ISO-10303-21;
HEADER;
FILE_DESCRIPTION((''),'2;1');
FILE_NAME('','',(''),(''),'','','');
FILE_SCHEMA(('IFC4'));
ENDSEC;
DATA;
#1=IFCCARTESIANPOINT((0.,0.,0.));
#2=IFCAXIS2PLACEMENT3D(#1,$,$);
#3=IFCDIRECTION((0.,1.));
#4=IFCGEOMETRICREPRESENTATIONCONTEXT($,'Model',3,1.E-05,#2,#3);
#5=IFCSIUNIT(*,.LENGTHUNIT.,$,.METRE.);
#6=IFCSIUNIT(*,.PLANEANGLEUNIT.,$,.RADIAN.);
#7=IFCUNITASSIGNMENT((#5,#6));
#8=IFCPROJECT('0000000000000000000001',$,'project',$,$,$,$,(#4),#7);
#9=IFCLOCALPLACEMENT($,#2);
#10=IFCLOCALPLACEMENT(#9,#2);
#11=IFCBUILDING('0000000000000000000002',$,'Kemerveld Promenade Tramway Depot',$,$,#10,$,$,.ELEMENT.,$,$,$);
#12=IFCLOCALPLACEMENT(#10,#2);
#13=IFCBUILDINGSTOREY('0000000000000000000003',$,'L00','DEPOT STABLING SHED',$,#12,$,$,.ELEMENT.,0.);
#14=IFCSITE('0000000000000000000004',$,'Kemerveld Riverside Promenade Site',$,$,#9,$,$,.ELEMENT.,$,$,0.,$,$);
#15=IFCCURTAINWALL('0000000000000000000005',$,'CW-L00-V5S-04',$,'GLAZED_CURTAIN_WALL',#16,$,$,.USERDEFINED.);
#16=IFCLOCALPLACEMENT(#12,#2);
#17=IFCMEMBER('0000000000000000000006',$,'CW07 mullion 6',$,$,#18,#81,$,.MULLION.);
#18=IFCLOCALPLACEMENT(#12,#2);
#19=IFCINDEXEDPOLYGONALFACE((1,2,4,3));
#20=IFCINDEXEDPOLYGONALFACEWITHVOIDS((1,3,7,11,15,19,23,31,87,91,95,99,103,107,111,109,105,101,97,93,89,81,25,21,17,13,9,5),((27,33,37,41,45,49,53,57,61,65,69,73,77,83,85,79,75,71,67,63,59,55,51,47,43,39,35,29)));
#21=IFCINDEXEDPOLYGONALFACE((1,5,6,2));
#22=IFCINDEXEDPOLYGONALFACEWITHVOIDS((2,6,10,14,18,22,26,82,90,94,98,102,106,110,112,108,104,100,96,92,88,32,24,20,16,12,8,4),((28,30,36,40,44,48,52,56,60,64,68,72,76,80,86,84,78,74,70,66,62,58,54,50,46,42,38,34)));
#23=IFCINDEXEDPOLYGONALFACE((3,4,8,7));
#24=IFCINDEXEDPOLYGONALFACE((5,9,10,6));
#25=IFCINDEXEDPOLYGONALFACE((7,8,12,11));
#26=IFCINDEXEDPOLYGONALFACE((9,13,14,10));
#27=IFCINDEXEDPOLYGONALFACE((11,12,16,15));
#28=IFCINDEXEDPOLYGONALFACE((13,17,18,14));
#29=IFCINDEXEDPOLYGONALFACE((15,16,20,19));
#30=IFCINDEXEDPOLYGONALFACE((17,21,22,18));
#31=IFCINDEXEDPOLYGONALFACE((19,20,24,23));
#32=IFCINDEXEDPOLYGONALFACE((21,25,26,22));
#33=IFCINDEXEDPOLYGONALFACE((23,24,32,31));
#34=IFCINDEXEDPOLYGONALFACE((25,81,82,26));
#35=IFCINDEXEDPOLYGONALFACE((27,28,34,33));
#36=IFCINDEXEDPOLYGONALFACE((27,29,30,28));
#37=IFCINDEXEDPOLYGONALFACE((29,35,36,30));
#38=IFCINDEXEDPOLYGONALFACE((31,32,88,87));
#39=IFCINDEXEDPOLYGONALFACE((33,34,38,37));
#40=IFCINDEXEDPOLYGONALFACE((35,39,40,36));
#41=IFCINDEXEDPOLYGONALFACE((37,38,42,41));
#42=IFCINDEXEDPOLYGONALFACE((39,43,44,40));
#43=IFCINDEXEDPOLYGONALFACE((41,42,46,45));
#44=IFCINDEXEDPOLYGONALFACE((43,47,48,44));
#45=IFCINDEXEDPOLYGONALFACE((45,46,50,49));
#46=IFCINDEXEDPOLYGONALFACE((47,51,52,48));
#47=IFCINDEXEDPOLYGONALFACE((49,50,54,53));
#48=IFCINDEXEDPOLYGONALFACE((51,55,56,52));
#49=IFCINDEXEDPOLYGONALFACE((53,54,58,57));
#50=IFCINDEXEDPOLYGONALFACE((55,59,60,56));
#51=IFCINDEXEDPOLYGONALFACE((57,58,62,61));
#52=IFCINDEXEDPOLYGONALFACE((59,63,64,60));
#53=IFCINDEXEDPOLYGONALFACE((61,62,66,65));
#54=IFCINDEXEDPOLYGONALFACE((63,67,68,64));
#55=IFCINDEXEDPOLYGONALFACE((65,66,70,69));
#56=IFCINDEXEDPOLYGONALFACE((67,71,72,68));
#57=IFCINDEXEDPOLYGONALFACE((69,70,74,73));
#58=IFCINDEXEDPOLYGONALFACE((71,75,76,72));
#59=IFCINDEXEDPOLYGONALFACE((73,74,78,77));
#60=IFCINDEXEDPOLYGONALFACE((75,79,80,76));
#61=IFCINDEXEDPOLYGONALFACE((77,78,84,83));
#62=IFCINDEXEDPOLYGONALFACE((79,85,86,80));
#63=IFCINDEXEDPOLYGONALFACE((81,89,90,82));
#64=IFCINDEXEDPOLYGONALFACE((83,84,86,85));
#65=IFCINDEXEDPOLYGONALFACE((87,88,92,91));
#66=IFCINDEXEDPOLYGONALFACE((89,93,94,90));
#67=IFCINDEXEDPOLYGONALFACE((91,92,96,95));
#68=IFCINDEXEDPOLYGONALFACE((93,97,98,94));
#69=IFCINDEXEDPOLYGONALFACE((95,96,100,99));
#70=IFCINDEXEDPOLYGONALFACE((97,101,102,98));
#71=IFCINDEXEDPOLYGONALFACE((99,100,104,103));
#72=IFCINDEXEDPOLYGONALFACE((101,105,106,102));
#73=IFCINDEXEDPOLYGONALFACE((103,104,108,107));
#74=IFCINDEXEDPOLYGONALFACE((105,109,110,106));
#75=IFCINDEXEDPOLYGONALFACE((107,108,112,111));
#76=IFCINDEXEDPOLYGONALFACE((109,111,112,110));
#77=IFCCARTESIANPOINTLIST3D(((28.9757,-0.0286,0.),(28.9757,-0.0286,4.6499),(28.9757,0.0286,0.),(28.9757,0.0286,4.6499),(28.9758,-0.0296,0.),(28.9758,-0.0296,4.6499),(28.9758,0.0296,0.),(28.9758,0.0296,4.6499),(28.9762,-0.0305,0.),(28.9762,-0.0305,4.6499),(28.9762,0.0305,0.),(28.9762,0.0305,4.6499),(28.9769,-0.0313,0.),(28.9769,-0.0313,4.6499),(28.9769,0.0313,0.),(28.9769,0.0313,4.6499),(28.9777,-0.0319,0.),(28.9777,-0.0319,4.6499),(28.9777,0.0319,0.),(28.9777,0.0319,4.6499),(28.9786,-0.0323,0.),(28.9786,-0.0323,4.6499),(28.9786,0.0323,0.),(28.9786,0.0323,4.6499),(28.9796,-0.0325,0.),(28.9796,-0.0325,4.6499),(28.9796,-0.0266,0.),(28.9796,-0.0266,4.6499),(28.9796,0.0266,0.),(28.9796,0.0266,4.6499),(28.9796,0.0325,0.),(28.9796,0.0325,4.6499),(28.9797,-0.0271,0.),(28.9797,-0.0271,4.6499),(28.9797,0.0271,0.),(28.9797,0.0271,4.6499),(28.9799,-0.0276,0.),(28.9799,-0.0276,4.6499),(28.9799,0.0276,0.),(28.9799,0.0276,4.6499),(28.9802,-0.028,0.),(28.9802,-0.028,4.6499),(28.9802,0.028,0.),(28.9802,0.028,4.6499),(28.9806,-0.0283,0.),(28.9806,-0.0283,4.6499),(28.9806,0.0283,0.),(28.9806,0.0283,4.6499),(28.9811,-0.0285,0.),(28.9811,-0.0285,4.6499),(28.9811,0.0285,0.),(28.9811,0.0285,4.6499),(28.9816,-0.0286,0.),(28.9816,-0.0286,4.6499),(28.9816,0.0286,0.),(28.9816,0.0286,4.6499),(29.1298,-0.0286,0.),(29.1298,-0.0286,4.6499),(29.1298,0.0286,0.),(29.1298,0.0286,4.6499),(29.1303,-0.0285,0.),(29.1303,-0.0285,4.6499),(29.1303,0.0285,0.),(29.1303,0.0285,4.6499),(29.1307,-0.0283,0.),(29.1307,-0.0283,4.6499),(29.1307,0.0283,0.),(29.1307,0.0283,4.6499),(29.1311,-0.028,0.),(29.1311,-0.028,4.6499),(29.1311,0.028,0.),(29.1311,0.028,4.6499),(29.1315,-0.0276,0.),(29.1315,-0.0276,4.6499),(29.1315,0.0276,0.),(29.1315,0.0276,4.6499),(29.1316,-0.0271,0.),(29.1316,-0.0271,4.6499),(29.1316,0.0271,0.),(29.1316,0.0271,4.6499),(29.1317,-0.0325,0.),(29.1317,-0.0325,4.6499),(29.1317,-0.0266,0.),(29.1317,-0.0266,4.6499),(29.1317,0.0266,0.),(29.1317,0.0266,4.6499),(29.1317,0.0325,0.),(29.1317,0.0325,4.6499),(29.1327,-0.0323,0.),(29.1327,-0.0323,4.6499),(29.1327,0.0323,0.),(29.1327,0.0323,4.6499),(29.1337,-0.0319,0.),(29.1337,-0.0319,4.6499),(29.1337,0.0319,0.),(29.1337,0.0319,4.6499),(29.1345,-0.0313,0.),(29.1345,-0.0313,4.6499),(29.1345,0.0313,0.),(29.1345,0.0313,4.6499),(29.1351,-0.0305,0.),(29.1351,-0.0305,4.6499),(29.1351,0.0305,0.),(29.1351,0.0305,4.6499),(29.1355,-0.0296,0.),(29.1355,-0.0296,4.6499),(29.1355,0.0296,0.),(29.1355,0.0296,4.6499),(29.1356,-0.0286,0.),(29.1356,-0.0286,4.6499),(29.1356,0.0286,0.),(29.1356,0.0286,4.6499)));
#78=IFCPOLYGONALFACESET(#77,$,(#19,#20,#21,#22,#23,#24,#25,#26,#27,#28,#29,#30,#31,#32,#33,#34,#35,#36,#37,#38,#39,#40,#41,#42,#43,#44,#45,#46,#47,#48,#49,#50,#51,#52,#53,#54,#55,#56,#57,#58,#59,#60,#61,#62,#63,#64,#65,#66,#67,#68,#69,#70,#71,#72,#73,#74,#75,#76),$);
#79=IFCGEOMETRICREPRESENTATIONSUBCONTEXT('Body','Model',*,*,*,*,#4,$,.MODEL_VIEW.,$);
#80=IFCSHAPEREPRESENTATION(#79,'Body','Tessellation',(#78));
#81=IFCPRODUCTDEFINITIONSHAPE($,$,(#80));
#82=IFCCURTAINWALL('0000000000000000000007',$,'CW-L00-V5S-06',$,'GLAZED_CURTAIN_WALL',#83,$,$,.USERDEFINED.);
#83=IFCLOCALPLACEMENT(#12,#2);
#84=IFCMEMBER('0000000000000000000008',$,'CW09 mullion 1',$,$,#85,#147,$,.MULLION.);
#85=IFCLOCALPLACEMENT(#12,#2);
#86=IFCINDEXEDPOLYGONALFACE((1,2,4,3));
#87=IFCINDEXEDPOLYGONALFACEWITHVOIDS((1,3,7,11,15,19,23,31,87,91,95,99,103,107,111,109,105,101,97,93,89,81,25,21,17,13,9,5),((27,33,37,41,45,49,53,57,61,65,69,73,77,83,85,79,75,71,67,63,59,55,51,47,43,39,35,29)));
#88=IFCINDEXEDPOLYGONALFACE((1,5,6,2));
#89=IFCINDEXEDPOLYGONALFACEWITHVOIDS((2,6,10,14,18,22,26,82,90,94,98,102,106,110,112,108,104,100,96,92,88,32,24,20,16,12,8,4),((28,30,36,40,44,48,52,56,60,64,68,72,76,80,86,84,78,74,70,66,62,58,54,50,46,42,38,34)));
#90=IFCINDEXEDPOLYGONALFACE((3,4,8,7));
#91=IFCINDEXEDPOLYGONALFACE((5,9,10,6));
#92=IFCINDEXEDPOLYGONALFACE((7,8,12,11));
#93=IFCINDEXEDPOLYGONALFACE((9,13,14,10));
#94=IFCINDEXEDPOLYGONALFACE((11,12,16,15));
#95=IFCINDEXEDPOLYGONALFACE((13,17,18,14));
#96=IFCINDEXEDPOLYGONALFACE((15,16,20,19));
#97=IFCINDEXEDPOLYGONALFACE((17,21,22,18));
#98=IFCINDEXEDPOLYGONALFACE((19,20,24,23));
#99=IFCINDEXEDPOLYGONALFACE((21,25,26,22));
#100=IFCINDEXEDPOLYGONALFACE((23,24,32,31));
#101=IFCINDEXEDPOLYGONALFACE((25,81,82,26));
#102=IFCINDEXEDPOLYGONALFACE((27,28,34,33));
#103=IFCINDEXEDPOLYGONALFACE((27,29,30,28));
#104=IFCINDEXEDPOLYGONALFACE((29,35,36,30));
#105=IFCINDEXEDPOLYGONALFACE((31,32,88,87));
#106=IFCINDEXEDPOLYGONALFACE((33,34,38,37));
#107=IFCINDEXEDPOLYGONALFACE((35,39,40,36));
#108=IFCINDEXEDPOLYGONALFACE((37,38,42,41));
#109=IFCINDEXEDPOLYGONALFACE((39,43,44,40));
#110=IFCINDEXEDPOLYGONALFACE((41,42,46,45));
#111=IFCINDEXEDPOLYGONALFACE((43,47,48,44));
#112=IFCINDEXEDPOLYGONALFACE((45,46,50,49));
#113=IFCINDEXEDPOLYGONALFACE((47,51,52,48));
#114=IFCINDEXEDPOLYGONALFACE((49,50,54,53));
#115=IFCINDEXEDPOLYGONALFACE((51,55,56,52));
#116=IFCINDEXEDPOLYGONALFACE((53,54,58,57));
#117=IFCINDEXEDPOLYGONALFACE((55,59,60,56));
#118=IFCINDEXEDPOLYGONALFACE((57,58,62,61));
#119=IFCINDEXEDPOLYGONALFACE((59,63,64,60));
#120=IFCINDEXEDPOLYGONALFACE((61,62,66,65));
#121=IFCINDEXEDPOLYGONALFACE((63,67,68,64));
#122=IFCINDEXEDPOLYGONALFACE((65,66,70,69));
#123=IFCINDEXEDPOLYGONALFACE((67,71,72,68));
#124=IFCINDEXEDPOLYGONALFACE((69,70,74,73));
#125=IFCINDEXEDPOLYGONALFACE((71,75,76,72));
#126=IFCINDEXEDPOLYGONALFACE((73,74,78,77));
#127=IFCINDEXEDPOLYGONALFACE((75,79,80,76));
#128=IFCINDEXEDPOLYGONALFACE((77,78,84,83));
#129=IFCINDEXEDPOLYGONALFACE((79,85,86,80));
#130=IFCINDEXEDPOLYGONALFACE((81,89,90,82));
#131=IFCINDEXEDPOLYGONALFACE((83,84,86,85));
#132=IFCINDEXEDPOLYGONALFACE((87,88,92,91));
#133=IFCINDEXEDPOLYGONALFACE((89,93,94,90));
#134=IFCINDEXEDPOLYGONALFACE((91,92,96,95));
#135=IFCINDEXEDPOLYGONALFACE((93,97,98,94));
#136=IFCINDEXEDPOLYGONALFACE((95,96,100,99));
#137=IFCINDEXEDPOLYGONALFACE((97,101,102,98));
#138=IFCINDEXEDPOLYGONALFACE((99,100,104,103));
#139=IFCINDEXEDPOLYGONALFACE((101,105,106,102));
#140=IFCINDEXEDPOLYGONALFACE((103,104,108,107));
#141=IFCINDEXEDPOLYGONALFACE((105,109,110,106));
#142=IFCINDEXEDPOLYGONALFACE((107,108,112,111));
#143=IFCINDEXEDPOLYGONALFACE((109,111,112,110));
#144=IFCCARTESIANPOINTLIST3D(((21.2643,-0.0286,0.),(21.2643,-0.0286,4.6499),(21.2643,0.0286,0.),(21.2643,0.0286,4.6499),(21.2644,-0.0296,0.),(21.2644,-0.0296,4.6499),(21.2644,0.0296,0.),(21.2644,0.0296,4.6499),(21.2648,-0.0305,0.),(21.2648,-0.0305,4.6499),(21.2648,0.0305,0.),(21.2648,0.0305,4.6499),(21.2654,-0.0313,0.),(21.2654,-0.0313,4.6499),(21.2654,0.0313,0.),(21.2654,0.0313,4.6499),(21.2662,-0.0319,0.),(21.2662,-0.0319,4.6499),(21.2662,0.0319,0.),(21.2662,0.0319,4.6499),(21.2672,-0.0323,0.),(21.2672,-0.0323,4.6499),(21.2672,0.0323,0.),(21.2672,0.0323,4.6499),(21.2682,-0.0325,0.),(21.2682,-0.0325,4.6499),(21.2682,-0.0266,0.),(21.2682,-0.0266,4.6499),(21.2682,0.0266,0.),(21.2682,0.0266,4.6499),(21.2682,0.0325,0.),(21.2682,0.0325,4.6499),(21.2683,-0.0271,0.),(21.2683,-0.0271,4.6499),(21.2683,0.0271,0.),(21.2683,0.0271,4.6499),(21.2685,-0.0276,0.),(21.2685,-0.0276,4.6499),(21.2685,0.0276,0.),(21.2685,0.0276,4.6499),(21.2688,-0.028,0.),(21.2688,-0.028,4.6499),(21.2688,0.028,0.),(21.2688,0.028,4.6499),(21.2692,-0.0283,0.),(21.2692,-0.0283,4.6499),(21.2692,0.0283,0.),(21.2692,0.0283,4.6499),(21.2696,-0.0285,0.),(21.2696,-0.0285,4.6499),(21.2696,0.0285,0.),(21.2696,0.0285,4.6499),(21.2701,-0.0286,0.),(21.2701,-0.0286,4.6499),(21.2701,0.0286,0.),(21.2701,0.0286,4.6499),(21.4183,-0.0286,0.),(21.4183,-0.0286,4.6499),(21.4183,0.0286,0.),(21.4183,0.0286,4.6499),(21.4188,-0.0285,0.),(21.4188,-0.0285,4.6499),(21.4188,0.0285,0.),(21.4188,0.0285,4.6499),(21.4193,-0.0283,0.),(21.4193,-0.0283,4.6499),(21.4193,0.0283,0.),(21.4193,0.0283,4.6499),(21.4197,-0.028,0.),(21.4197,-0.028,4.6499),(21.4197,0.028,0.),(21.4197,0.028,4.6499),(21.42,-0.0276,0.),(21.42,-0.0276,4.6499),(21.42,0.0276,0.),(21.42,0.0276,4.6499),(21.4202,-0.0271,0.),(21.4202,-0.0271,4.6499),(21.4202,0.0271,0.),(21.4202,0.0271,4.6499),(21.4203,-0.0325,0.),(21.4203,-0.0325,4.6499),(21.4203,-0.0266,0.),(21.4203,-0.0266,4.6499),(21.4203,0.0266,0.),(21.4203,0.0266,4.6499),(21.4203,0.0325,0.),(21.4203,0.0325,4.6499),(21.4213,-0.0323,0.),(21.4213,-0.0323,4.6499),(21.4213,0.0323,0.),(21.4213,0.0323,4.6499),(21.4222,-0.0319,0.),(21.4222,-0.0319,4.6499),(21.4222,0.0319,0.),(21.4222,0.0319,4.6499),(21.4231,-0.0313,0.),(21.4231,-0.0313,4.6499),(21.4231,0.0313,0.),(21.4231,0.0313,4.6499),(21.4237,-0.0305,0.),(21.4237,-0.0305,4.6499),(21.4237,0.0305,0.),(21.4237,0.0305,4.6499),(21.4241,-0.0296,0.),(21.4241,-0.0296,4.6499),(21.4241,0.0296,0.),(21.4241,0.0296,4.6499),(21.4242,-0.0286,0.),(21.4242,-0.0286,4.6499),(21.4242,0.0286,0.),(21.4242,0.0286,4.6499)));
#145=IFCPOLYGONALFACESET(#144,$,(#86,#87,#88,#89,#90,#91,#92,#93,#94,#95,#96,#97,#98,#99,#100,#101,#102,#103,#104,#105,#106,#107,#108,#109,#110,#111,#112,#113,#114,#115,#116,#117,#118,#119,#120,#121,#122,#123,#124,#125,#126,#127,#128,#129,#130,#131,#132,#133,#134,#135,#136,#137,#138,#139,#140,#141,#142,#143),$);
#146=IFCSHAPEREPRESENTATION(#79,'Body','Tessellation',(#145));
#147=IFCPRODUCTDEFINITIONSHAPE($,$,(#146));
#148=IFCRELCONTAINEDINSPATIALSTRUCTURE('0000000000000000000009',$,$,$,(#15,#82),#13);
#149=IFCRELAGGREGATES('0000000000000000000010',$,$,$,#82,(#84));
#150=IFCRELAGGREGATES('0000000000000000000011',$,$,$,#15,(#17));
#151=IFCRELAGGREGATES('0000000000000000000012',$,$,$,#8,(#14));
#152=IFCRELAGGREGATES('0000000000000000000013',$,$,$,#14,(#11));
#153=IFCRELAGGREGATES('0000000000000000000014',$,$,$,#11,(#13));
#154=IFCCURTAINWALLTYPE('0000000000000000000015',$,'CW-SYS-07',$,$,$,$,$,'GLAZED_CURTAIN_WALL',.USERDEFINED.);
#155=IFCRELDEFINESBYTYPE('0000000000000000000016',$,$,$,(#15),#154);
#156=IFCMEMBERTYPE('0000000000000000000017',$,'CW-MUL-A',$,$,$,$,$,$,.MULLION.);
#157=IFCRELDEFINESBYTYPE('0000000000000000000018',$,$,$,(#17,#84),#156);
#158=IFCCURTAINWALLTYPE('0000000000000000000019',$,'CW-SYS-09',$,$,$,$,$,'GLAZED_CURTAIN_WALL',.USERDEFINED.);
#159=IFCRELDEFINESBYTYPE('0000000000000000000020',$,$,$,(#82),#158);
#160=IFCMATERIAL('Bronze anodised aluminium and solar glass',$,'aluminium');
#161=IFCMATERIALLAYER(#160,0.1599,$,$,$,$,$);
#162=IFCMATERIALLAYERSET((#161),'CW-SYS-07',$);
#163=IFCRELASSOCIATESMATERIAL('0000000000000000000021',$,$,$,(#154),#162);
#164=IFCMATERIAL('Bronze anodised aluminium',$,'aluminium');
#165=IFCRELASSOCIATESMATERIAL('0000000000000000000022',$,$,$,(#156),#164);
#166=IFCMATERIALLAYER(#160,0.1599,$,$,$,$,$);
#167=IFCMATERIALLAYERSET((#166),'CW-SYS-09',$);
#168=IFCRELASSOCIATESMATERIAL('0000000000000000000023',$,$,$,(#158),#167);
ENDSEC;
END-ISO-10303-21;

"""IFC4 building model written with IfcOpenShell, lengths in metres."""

from ifc_helpers import new_model, si_unit, direction, frame, origin, origin_2d, place, context, subcontext, project, spatial, hollow_rectangle, extrude, material, layer, layer_set, material_profile, profile_set, type_object, element, aggregate, save


model = new_model("IFC4")

# Units and contexts
model_context = context("Model", 3, precision=1e-05, world=origin(), true_north=direction((0.0, 1.0)))
body_context = subcontext(model_context, "Body", "Model", "MODEL_VIEW")
ifc_project = project(units=[si_unit("LENGTHUNIT", "METRE"), si_unit("PLANEANGLEUNIT", "RADIAN")], contexts=[model_context])

# Site, building, storey
site_placement = place(None, origin())
site = spatial("IfcSite", under=ifc_project, at=site_placement, Name="Kemerveld Riverside Promenade Site", CompositionType="ELEMENT", RefElevation=0.0)
building_placement = place(site_placement, origin())
building = spatial("IfcBuilding", under=site, at=building_placement, Name="Kemerveld Promenade Tramway Depot", CompositionType="ELEMENT")
storey_placement = place(building_placement, origin())
storey = spatial("IfcBuildingStorey", under=building, at=storey_placement, Name="L00", Description="DEPOT STABLING SHED", CompositionType="ELEMENT", Elevation=0.0)

# Curtain wall, member
ifc_material_1 = material(Name="Bronze anodised aluminium and solar glass", Category="aluminium")
ifc_layer_1 = layer(ifc_material_1, 0.1599)
ifc_layer_set_1 = layer_set([ifc_layer_1], Name="CW-SYS-07")
curtain_wall_type_1 = type_object("IfcCurtainWallType", Name="CW-SYS-07", ElementType="GLAZED_CURTAIN_WALL", PredefinedType="USERDEFINED", material=ifc_layer_set_1)
curtain_wall_1_placement = place(storey_placement, origin())
curtain_wall_1 = element("IfcCurtainWall", 1, at=curtain_wall_1_placement, inside=storey, type_object=curtain_wall_type_1, Name="CW-L00-V5S-04", ObjectType="GLAZED_CURTAIN_WALL", PredefinedType="USERDEFINED")
ifc_material_2 = material(Name="Bronze anodised aluminium", Category="aluminium")
ifc_material_profile_1 = material_profile(ifc_material_2, hollow_rectangle(XDim=0.0649, YDim=0.1599, WallThickness=0.0039, InnerFilletRadius=0.002, OuterFilletRadius=0.0039, at=origin_2d()), Name="CW-MUL-160x65")
ifc_profile_set_1 = profile_set([ifc_material_profile_1], Name="Bronze anodised aluminium")
member_type_1 = type_object("IfcMemberType", Name="CW-MUL-A", PredefinedType="MULLION", material=ifc_profile_set_1)
member_1_placement = place(storey_placement, frame((29.0557, 0.0, 0.0), z_axis=(0.0, 0.0, 1.0), x_axis=(0.0, -1.0, 0.0)))
member_1 = element("IfcMember", 2, at=member_1_placement, type_object=member_type_1, Name="CW07 mullion 6", PredefinedType="MULLION", context=body_context, shape_type="SweptSolid", body=[
    extrude(hollow_rectangle(XDim=0.0649, YDim=0.1599, WallThickness=0.0039, InnerFilletRadius=0.002, OuterFilletRadius=0.0039, at=origin_2d()), origin(), (0.0, 0.0, 1.0), 4.6499),
])

# Curtain wall, member
ifc_layer_2 = layer(ifc_material_1, 0.1599)
ifc_layer_set_2 = layer_set([ifc_layer_2], Name="CW-SYS-09")
curtain_wall_type_2 = type_object("IfcCurtainWallType", Name="CW-SYS-09", ElementType="GLAZED_CURTAIN_WALL", PredefinedType="USERDEFINED", material=ifc_layer_set_2)
curtain_wall_2_placement = place(storey_placement, origin())
curtain_wall_2 = element("IfcCurtainWall", 3, at=curtain_wall_2_placement, inside=storey, type_object=curtain_wall_type_2, Name="CW-L00-V5S-06", ObjectType="GLAZED_CURTAIN_WALL", PredefinedType="USERDEFINED")
member_2_placement = place(storey_placement, frame((21.3442, 0.0, 0.0), z_axis=(0.0, 0.0, 1.0), x_axis=(0.0, -1.0, 0.0)))
member_2 = element("IfcMember", 4, at=member_2_placement, type_object=member_type_1, Name="CW09 mullion 1", PredefinedType="MULLION", context=body_context, shape_type="SweptSolid", body=[
    extrude(hollow_rectangle(XDim=0.0649, YDim=0.1599, WallThickness=0.0039, InnerFilletRadius=0.002, OuterFilletRadius=0.0039, at=origin_2d()), origin(), (0.0, 0.0, 1.0), 4.6499),
])

aggregate(curtain_wall_2, [member_2])
aggregate(curtain_wall_1, [member_1])

save(model, "model.ifc")
